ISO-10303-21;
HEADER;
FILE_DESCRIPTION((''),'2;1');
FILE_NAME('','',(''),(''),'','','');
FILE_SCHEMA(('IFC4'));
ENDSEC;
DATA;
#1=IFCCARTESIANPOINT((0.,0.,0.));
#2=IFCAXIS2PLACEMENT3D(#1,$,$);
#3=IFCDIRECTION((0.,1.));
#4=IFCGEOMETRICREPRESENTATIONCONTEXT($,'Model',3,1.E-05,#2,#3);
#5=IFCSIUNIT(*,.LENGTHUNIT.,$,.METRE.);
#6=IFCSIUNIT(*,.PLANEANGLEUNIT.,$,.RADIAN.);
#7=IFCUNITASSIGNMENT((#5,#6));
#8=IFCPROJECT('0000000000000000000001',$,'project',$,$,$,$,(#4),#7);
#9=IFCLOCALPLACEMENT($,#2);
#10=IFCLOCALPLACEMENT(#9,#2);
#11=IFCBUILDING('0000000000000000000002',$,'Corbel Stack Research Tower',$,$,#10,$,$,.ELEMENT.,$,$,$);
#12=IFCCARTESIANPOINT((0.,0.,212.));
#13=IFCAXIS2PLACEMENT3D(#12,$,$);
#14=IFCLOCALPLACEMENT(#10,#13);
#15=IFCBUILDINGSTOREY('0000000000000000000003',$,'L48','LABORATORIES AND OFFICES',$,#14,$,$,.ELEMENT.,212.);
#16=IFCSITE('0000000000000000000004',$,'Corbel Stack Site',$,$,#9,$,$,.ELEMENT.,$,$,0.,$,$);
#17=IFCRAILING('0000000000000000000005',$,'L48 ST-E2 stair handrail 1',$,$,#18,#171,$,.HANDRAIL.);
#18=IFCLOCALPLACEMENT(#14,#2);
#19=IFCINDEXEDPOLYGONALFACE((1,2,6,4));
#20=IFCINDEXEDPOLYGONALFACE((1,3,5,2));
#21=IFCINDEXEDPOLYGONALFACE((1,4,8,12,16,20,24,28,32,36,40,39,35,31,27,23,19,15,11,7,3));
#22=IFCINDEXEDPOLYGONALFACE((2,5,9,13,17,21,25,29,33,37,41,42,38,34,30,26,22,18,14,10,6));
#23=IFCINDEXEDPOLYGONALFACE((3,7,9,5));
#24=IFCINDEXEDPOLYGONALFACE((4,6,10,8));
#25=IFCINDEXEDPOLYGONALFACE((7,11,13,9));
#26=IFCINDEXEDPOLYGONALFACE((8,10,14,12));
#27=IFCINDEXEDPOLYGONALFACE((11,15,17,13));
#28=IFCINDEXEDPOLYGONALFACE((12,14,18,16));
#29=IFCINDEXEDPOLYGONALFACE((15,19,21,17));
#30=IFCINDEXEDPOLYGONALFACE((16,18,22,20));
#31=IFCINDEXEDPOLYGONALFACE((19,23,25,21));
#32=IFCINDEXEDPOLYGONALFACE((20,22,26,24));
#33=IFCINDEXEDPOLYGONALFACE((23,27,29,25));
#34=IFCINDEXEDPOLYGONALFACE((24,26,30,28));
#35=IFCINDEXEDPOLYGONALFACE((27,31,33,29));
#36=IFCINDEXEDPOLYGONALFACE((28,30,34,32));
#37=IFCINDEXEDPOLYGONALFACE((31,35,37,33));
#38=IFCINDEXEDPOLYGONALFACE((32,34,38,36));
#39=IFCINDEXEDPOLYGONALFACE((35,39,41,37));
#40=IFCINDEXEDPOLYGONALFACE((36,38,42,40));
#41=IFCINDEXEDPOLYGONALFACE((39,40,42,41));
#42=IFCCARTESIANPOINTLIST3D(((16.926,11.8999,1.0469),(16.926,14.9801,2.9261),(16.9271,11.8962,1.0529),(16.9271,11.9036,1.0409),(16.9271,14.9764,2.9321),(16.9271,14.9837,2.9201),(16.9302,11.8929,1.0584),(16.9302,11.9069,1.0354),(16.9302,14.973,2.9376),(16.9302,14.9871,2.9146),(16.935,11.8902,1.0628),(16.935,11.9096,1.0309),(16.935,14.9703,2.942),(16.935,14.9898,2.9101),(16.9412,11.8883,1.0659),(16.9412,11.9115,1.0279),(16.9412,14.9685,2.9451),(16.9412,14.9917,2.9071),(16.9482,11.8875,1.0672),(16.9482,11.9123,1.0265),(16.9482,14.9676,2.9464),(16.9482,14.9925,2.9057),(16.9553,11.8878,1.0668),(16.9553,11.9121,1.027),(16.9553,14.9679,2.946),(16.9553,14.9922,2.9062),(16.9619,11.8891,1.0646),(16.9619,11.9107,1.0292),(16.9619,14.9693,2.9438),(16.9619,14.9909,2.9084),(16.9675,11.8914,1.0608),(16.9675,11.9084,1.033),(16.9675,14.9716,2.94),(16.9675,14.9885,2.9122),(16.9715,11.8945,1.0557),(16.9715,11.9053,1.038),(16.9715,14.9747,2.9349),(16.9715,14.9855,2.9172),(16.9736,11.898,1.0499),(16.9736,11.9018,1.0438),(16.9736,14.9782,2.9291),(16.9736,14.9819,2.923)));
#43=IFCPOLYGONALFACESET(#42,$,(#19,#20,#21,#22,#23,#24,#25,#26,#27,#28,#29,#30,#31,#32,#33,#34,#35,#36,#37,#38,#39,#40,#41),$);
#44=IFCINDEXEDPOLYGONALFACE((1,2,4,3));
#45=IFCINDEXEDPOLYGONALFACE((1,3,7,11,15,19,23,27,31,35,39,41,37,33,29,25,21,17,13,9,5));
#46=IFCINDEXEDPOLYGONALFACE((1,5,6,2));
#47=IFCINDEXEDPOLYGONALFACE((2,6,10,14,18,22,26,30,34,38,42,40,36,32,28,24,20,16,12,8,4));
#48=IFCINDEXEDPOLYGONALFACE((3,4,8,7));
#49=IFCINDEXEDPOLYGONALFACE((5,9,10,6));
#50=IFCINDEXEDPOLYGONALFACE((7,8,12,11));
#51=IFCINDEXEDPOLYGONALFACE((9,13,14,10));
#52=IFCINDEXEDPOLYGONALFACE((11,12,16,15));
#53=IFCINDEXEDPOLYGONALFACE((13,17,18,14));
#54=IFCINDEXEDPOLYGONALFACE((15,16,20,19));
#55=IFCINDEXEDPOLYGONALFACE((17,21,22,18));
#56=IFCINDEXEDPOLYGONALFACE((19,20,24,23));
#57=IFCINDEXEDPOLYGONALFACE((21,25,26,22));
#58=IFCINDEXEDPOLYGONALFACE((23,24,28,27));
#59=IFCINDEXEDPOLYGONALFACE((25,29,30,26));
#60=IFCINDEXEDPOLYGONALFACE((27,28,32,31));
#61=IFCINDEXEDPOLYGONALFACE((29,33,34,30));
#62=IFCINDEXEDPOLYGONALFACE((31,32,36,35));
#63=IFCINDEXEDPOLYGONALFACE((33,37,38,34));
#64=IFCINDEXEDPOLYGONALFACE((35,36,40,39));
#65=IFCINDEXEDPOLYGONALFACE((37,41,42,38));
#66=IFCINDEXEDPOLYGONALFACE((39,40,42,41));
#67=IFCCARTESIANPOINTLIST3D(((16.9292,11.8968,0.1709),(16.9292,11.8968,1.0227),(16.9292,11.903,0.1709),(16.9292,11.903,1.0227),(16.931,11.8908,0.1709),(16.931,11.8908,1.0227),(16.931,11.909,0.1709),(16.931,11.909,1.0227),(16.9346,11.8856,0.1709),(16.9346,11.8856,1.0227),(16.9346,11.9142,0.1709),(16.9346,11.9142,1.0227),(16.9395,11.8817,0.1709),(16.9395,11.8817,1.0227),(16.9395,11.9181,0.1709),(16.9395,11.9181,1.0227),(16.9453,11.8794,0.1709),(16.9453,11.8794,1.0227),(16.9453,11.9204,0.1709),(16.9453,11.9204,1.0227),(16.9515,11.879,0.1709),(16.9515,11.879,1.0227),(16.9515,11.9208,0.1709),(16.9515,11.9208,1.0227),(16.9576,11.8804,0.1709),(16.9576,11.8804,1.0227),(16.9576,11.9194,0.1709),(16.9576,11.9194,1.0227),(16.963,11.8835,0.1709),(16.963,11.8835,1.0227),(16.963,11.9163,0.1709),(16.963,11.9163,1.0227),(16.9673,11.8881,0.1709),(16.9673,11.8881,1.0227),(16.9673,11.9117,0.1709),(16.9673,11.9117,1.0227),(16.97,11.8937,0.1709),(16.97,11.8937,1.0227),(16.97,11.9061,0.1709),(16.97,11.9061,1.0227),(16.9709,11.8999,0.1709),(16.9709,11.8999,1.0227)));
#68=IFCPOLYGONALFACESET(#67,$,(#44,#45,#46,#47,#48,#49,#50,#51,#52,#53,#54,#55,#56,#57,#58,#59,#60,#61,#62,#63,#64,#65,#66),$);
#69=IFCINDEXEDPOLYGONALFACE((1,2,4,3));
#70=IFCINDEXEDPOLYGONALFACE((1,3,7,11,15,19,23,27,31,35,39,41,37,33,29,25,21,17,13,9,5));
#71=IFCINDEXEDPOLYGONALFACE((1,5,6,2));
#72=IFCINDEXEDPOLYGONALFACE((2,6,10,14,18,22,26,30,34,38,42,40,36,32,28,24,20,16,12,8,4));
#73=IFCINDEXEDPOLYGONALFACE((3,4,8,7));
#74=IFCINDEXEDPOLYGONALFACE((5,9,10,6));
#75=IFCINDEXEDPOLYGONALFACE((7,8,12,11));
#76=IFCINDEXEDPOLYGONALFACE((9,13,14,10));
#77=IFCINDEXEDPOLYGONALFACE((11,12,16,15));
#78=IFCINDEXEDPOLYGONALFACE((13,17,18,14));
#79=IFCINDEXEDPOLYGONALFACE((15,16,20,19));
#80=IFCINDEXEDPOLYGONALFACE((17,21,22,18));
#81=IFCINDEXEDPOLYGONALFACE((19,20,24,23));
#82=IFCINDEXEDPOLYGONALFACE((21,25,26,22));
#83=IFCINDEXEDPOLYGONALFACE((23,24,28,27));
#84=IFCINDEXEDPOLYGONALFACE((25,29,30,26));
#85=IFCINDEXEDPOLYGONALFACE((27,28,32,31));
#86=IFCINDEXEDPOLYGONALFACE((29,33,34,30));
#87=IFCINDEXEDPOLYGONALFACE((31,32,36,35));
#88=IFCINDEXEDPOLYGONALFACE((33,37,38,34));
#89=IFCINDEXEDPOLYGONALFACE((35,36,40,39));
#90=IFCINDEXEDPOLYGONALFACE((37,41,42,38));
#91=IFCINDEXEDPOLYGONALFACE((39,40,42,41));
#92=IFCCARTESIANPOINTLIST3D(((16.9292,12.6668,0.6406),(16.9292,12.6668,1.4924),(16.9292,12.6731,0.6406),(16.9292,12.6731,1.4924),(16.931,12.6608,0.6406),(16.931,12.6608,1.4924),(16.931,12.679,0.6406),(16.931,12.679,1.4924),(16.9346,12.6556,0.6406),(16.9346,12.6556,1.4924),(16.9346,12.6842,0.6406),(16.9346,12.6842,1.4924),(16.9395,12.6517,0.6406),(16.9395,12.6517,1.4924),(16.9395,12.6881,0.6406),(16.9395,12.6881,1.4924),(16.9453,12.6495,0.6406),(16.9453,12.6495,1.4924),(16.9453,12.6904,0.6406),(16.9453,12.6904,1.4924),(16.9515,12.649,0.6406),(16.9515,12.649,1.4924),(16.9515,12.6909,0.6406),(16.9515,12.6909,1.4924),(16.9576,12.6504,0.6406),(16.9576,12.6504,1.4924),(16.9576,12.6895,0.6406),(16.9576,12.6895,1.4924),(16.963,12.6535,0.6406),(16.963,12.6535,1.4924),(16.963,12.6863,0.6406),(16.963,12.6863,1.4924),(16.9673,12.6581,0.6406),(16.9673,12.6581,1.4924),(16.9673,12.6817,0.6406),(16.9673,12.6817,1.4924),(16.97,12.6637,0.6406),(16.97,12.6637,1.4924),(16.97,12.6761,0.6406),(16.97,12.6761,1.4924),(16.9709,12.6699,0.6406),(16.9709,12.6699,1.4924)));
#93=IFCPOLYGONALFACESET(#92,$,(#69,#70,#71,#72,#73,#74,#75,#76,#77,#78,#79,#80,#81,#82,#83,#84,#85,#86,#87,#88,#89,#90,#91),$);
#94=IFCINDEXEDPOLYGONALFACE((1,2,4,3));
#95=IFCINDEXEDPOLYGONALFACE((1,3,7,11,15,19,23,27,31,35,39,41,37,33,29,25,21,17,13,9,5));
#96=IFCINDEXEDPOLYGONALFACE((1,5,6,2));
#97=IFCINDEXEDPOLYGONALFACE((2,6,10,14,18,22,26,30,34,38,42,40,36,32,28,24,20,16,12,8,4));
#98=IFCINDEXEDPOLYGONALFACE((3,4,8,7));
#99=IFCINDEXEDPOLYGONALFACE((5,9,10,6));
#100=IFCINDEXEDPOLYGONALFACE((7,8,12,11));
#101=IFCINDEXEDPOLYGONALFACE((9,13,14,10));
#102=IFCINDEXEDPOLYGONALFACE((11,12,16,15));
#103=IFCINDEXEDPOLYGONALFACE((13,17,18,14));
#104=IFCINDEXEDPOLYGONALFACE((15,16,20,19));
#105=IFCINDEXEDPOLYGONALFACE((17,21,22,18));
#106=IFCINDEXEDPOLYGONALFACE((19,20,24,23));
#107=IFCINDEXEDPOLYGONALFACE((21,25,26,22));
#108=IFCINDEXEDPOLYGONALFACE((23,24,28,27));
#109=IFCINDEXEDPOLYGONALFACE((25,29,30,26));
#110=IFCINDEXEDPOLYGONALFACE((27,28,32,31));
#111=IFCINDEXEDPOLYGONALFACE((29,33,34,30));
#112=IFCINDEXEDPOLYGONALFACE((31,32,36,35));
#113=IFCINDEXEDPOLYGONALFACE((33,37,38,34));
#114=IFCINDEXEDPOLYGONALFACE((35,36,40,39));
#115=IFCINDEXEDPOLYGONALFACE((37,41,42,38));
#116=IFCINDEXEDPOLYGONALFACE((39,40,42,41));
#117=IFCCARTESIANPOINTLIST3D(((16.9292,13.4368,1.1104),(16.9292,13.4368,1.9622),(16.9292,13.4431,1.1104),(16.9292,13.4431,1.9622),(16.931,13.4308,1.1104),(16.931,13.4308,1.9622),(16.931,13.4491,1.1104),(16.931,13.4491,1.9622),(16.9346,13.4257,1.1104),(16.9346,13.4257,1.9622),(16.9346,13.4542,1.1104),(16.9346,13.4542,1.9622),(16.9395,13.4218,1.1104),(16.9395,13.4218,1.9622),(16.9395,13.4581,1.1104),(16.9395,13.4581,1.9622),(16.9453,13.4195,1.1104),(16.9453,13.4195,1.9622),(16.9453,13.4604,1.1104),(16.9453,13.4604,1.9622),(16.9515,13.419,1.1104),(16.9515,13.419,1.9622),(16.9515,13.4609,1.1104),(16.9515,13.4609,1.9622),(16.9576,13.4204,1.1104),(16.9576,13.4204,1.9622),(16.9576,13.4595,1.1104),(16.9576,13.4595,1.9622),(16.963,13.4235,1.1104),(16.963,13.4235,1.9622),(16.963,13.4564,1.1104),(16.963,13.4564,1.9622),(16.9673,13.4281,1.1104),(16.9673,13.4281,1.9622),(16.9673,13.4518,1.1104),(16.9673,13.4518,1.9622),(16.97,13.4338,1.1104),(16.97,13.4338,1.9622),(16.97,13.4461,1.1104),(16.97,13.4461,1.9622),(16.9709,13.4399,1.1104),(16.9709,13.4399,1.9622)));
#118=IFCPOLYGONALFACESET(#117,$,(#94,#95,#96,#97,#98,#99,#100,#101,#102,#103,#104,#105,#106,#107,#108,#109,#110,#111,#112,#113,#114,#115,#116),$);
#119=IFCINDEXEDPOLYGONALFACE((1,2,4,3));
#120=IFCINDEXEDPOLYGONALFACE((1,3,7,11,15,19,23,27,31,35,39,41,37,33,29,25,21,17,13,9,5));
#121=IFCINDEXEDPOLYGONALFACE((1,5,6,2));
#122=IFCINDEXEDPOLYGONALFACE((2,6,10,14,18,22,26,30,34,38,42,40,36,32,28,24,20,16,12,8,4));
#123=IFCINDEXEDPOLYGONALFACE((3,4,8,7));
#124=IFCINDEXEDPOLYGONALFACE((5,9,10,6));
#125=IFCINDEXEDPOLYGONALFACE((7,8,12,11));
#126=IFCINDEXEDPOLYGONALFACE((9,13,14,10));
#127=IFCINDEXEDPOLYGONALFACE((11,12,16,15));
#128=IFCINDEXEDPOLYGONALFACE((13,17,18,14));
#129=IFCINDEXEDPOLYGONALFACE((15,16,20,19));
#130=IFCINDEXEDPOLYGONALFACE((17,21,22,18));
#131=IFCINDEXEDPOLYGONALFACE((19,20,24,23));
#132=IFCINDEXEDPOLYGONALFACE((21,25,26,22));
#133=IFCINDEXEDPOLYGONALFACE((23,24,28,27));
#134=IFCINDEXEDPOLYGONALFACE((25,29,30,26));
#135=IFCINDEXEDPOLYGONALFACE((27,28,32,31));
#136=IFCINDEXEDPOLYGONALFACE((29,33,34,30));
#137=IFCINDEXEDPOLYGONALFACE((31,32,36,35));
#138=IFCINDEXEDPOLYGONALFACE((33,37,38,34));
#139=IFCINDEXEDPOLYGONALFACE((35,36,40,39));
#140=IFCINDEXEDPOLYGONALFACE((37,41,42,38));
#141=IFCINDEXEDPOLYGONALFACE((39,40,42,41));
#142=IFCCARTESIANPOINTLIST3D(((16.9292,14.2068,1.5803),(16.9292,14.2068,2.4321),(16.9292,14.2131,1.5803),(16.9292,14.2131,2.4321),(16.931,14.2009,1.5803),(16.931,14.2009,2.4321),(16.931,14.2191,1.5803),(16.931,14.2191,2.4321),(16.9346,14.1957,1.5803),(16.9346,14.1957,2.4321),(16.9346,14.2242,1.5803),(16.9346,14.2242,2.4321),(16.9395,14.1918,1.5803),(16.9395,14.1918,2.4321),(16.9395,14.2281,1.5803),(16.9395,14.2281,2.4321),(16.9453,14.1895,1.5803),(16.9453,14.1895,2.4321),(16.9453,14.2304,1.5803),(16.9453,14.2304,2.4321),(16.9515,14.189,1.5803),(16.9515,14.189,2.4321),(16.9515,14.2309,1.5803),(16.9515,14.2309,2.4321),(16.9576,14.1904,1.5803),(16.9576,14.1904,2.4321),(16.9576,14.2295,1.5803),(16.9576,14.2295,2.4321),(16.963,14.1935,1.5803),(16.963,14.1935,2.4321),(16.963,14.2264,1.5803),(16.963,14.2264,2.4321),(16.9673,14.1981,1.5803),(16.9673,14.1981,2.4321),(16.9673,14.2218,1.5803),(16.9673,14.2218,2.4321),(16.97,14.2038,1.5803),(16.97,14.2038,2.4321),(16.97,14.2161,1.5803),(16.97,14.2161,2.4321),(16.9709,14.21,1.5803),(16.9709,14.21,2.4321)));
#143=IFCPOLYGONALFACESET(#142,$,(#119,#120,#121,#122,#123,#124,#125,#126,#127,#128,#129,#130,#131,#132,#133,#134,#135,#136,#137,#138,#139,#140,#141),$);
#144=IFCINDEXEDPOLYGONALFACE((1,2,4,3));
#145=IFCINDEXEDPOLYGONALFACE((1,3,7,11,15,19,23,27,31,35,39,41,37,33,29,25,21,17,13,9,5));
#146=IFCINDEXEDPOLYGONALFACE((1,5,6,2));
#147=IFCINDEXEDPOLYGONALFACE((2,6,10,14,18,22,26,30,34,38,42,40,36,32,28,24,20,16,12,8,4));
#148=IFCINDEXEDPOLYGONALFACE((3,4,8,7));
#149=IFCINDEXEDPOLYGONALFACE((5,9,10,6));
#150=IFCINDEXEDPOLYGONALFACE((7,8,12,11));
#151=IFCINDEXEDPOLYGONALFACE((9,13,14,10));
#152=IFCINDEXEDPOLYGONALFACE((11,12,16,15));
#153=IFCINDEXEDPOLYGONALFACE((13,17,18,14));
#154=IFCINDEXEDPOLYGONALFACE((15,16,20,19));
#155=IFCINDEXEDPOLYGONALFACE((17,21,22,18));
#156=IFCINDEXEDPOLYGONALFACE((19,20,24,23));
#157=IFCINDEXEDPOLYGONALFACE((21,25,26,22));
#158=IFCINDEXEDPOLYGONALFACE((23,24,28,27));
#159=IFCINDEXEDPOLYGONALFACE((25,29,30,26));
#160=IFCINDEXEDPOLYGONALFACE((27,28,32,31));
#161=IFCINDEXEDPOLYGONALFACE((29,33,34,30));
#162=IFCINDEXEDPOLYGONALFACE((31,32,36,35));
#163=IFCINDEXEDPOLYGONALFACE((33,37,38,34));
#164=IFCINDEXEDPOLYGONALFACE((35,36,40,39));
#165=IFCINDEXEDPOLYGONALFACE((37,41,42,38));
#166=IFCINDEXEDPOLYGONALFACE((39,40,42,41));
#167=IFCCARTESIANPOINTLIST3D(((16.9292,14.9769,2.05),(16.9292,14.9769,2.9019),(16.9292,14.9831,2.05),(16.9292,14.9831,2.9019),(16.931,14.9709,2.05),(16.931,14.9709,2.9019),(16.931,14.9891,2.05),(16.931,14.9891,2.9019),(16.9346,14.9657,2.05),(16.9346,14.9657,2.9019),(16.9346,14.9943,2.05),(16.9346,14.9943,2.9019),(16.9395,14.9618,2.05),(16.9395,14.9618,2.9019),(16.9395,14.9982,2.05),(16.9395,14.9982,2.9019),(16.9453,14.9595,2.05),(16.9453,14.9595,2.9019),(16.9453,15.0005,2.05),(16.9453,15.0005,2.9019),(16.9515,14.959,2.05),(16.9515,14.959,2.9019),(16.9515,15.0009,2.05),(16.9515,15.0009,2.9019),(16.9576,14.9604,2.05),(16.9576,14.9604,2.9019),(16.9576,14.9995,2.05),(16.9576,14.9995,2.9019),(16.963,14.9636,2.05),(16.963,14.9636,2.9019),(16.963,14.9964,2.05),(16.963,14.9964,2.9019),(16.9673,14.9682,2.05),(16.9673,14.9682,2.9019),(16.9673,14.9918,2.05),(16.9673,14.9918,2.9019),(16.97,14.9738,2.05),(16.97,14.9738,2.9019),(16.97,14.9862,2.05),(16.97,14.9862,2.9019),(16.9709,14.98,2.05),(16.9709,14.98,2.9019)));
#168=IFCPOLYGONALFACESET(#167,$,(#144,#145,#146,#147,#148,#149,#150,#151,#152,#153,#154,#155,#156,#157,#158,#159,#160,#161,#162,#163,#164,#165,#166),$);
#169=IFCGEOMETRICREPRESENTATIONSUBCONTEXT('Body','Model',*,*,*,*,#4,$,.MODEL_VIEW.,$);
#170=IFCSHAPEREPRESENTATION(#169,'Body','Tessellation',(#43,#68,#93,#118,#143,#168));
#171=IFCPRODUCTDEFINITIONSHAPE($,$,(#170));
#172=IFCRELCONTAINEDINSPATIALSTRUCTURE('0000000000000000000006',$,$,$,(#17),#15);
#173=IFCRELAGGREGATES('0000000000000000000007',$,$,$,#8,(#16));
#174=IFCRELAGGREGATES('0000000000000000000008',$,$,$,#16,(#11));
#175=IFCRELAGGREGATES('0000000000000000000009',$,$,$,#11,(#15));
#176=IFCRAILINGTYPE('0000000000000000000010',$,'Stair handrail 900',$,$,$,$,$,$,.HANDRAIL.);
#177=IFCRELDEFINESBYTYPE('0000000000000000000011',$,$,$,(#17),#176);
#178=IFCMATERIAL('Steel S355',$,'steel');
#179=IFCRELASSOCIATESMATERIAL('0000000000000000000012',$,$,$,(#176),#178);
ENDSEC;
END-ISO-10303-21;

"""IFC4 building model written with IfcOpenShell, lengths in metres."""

from ifc_helpers import new_model, si_unit, direction, frame, origin, origin_2d, place, context, subcontext, project, spatial, circle, extrude, material, type_object, element, save


model = new_model("IFC4")

# Units and contexts
model_context = context("Model", 3, precision=1e-05, world=origin(), true_north=direction((0.0, 1.0)))
body_context = subcontext(model_context, "Body", "Model", "MODEL_VIEW")
ifc_project = project(units=[si_unit("LENGTHUNIT", "METRE"), si_unit("PLANEANGLEUNIT", "RADIAN")], contexts=[model_context])

# Site, building, storey
site_placement = place(None, origin())
site = spatial("IfcSite", under=ifc_project, at=site_placement, Name="Corbel Stack Site", CompositionType="ELEMENT", RefElevation=0.0)
building_placement = place(site_placement, origin())
building = spatial("IfcBuilding", under=site, at=building_placement, Name="Corbel Stack Research Tower", CompositionType="ELEMENT")
storey_placement = place(building_placement, frame((0.0, 0.0, 212.0)))
storey = spatial("IfcBuildingStorey", under=building, at=storey_placement, Name="L48", Description="LABORATORIES AND OFFICES", CompositionType="ELEMENT", Elevation=212.0)

# Railing
ifc_material_1 = material(Name="Steel S355", Category="steel")
railing_type_1 = type_object("IfcRailingType", Name="Stair handrail 900", PredefinedType="HANDRAIL", material=ifc_material_1)
railing_1_placement = place(storey_placement, frame((16.95, 11.8999, 0.1709)))
element("IfcRailing", 1, at=railing_1_placement, inside=storey, type_object=railing_type_1, Name="L48 ST-E2 stair handrail 1", PredefinedType="HANDRAIL", context=body_context, shape_type="SweptSolid", body=[
    extrude(circle(Radius=0.0239, at=origin_2d()), frame((0.0, 0.0, 0.876), z_axis=(0.0, 0.853666, 0.52082), x_axis=(-1.0, 0.0, 0.0)), (0.0, 0.0, 1.0), 3.6082),
    extrude(circle(Radius=0.021, at=origin_2d()), origin(), (0.0, 0.0, 1.0), 0.8518),
    extrude(circle(Radius=0.021, at=origin_2d()), frame((0.0, 0.77, 0.4697)), (0.0, 0.0, 1.0), 0.8518),
    extrude(circle(Radius=0.021, at=origin_2d()), frame((0.0, 1.54, 0.9395)), (0.0, 0.0, 1.0), 0.8518),
    extrude(circle(Radius=0.021, at=origin_2d()), frame((0.0, 2.3101, 1.4094)), (0.0, 0.0, 1.0), 0.8518),
    extrude(circle(Radius=0.021, at=origin_2d()), frame((0.0, 3.0801, 1.8792)), (0.0, 0.0, 1.0), 0.8518),
])

save(model, "model.ifc")
